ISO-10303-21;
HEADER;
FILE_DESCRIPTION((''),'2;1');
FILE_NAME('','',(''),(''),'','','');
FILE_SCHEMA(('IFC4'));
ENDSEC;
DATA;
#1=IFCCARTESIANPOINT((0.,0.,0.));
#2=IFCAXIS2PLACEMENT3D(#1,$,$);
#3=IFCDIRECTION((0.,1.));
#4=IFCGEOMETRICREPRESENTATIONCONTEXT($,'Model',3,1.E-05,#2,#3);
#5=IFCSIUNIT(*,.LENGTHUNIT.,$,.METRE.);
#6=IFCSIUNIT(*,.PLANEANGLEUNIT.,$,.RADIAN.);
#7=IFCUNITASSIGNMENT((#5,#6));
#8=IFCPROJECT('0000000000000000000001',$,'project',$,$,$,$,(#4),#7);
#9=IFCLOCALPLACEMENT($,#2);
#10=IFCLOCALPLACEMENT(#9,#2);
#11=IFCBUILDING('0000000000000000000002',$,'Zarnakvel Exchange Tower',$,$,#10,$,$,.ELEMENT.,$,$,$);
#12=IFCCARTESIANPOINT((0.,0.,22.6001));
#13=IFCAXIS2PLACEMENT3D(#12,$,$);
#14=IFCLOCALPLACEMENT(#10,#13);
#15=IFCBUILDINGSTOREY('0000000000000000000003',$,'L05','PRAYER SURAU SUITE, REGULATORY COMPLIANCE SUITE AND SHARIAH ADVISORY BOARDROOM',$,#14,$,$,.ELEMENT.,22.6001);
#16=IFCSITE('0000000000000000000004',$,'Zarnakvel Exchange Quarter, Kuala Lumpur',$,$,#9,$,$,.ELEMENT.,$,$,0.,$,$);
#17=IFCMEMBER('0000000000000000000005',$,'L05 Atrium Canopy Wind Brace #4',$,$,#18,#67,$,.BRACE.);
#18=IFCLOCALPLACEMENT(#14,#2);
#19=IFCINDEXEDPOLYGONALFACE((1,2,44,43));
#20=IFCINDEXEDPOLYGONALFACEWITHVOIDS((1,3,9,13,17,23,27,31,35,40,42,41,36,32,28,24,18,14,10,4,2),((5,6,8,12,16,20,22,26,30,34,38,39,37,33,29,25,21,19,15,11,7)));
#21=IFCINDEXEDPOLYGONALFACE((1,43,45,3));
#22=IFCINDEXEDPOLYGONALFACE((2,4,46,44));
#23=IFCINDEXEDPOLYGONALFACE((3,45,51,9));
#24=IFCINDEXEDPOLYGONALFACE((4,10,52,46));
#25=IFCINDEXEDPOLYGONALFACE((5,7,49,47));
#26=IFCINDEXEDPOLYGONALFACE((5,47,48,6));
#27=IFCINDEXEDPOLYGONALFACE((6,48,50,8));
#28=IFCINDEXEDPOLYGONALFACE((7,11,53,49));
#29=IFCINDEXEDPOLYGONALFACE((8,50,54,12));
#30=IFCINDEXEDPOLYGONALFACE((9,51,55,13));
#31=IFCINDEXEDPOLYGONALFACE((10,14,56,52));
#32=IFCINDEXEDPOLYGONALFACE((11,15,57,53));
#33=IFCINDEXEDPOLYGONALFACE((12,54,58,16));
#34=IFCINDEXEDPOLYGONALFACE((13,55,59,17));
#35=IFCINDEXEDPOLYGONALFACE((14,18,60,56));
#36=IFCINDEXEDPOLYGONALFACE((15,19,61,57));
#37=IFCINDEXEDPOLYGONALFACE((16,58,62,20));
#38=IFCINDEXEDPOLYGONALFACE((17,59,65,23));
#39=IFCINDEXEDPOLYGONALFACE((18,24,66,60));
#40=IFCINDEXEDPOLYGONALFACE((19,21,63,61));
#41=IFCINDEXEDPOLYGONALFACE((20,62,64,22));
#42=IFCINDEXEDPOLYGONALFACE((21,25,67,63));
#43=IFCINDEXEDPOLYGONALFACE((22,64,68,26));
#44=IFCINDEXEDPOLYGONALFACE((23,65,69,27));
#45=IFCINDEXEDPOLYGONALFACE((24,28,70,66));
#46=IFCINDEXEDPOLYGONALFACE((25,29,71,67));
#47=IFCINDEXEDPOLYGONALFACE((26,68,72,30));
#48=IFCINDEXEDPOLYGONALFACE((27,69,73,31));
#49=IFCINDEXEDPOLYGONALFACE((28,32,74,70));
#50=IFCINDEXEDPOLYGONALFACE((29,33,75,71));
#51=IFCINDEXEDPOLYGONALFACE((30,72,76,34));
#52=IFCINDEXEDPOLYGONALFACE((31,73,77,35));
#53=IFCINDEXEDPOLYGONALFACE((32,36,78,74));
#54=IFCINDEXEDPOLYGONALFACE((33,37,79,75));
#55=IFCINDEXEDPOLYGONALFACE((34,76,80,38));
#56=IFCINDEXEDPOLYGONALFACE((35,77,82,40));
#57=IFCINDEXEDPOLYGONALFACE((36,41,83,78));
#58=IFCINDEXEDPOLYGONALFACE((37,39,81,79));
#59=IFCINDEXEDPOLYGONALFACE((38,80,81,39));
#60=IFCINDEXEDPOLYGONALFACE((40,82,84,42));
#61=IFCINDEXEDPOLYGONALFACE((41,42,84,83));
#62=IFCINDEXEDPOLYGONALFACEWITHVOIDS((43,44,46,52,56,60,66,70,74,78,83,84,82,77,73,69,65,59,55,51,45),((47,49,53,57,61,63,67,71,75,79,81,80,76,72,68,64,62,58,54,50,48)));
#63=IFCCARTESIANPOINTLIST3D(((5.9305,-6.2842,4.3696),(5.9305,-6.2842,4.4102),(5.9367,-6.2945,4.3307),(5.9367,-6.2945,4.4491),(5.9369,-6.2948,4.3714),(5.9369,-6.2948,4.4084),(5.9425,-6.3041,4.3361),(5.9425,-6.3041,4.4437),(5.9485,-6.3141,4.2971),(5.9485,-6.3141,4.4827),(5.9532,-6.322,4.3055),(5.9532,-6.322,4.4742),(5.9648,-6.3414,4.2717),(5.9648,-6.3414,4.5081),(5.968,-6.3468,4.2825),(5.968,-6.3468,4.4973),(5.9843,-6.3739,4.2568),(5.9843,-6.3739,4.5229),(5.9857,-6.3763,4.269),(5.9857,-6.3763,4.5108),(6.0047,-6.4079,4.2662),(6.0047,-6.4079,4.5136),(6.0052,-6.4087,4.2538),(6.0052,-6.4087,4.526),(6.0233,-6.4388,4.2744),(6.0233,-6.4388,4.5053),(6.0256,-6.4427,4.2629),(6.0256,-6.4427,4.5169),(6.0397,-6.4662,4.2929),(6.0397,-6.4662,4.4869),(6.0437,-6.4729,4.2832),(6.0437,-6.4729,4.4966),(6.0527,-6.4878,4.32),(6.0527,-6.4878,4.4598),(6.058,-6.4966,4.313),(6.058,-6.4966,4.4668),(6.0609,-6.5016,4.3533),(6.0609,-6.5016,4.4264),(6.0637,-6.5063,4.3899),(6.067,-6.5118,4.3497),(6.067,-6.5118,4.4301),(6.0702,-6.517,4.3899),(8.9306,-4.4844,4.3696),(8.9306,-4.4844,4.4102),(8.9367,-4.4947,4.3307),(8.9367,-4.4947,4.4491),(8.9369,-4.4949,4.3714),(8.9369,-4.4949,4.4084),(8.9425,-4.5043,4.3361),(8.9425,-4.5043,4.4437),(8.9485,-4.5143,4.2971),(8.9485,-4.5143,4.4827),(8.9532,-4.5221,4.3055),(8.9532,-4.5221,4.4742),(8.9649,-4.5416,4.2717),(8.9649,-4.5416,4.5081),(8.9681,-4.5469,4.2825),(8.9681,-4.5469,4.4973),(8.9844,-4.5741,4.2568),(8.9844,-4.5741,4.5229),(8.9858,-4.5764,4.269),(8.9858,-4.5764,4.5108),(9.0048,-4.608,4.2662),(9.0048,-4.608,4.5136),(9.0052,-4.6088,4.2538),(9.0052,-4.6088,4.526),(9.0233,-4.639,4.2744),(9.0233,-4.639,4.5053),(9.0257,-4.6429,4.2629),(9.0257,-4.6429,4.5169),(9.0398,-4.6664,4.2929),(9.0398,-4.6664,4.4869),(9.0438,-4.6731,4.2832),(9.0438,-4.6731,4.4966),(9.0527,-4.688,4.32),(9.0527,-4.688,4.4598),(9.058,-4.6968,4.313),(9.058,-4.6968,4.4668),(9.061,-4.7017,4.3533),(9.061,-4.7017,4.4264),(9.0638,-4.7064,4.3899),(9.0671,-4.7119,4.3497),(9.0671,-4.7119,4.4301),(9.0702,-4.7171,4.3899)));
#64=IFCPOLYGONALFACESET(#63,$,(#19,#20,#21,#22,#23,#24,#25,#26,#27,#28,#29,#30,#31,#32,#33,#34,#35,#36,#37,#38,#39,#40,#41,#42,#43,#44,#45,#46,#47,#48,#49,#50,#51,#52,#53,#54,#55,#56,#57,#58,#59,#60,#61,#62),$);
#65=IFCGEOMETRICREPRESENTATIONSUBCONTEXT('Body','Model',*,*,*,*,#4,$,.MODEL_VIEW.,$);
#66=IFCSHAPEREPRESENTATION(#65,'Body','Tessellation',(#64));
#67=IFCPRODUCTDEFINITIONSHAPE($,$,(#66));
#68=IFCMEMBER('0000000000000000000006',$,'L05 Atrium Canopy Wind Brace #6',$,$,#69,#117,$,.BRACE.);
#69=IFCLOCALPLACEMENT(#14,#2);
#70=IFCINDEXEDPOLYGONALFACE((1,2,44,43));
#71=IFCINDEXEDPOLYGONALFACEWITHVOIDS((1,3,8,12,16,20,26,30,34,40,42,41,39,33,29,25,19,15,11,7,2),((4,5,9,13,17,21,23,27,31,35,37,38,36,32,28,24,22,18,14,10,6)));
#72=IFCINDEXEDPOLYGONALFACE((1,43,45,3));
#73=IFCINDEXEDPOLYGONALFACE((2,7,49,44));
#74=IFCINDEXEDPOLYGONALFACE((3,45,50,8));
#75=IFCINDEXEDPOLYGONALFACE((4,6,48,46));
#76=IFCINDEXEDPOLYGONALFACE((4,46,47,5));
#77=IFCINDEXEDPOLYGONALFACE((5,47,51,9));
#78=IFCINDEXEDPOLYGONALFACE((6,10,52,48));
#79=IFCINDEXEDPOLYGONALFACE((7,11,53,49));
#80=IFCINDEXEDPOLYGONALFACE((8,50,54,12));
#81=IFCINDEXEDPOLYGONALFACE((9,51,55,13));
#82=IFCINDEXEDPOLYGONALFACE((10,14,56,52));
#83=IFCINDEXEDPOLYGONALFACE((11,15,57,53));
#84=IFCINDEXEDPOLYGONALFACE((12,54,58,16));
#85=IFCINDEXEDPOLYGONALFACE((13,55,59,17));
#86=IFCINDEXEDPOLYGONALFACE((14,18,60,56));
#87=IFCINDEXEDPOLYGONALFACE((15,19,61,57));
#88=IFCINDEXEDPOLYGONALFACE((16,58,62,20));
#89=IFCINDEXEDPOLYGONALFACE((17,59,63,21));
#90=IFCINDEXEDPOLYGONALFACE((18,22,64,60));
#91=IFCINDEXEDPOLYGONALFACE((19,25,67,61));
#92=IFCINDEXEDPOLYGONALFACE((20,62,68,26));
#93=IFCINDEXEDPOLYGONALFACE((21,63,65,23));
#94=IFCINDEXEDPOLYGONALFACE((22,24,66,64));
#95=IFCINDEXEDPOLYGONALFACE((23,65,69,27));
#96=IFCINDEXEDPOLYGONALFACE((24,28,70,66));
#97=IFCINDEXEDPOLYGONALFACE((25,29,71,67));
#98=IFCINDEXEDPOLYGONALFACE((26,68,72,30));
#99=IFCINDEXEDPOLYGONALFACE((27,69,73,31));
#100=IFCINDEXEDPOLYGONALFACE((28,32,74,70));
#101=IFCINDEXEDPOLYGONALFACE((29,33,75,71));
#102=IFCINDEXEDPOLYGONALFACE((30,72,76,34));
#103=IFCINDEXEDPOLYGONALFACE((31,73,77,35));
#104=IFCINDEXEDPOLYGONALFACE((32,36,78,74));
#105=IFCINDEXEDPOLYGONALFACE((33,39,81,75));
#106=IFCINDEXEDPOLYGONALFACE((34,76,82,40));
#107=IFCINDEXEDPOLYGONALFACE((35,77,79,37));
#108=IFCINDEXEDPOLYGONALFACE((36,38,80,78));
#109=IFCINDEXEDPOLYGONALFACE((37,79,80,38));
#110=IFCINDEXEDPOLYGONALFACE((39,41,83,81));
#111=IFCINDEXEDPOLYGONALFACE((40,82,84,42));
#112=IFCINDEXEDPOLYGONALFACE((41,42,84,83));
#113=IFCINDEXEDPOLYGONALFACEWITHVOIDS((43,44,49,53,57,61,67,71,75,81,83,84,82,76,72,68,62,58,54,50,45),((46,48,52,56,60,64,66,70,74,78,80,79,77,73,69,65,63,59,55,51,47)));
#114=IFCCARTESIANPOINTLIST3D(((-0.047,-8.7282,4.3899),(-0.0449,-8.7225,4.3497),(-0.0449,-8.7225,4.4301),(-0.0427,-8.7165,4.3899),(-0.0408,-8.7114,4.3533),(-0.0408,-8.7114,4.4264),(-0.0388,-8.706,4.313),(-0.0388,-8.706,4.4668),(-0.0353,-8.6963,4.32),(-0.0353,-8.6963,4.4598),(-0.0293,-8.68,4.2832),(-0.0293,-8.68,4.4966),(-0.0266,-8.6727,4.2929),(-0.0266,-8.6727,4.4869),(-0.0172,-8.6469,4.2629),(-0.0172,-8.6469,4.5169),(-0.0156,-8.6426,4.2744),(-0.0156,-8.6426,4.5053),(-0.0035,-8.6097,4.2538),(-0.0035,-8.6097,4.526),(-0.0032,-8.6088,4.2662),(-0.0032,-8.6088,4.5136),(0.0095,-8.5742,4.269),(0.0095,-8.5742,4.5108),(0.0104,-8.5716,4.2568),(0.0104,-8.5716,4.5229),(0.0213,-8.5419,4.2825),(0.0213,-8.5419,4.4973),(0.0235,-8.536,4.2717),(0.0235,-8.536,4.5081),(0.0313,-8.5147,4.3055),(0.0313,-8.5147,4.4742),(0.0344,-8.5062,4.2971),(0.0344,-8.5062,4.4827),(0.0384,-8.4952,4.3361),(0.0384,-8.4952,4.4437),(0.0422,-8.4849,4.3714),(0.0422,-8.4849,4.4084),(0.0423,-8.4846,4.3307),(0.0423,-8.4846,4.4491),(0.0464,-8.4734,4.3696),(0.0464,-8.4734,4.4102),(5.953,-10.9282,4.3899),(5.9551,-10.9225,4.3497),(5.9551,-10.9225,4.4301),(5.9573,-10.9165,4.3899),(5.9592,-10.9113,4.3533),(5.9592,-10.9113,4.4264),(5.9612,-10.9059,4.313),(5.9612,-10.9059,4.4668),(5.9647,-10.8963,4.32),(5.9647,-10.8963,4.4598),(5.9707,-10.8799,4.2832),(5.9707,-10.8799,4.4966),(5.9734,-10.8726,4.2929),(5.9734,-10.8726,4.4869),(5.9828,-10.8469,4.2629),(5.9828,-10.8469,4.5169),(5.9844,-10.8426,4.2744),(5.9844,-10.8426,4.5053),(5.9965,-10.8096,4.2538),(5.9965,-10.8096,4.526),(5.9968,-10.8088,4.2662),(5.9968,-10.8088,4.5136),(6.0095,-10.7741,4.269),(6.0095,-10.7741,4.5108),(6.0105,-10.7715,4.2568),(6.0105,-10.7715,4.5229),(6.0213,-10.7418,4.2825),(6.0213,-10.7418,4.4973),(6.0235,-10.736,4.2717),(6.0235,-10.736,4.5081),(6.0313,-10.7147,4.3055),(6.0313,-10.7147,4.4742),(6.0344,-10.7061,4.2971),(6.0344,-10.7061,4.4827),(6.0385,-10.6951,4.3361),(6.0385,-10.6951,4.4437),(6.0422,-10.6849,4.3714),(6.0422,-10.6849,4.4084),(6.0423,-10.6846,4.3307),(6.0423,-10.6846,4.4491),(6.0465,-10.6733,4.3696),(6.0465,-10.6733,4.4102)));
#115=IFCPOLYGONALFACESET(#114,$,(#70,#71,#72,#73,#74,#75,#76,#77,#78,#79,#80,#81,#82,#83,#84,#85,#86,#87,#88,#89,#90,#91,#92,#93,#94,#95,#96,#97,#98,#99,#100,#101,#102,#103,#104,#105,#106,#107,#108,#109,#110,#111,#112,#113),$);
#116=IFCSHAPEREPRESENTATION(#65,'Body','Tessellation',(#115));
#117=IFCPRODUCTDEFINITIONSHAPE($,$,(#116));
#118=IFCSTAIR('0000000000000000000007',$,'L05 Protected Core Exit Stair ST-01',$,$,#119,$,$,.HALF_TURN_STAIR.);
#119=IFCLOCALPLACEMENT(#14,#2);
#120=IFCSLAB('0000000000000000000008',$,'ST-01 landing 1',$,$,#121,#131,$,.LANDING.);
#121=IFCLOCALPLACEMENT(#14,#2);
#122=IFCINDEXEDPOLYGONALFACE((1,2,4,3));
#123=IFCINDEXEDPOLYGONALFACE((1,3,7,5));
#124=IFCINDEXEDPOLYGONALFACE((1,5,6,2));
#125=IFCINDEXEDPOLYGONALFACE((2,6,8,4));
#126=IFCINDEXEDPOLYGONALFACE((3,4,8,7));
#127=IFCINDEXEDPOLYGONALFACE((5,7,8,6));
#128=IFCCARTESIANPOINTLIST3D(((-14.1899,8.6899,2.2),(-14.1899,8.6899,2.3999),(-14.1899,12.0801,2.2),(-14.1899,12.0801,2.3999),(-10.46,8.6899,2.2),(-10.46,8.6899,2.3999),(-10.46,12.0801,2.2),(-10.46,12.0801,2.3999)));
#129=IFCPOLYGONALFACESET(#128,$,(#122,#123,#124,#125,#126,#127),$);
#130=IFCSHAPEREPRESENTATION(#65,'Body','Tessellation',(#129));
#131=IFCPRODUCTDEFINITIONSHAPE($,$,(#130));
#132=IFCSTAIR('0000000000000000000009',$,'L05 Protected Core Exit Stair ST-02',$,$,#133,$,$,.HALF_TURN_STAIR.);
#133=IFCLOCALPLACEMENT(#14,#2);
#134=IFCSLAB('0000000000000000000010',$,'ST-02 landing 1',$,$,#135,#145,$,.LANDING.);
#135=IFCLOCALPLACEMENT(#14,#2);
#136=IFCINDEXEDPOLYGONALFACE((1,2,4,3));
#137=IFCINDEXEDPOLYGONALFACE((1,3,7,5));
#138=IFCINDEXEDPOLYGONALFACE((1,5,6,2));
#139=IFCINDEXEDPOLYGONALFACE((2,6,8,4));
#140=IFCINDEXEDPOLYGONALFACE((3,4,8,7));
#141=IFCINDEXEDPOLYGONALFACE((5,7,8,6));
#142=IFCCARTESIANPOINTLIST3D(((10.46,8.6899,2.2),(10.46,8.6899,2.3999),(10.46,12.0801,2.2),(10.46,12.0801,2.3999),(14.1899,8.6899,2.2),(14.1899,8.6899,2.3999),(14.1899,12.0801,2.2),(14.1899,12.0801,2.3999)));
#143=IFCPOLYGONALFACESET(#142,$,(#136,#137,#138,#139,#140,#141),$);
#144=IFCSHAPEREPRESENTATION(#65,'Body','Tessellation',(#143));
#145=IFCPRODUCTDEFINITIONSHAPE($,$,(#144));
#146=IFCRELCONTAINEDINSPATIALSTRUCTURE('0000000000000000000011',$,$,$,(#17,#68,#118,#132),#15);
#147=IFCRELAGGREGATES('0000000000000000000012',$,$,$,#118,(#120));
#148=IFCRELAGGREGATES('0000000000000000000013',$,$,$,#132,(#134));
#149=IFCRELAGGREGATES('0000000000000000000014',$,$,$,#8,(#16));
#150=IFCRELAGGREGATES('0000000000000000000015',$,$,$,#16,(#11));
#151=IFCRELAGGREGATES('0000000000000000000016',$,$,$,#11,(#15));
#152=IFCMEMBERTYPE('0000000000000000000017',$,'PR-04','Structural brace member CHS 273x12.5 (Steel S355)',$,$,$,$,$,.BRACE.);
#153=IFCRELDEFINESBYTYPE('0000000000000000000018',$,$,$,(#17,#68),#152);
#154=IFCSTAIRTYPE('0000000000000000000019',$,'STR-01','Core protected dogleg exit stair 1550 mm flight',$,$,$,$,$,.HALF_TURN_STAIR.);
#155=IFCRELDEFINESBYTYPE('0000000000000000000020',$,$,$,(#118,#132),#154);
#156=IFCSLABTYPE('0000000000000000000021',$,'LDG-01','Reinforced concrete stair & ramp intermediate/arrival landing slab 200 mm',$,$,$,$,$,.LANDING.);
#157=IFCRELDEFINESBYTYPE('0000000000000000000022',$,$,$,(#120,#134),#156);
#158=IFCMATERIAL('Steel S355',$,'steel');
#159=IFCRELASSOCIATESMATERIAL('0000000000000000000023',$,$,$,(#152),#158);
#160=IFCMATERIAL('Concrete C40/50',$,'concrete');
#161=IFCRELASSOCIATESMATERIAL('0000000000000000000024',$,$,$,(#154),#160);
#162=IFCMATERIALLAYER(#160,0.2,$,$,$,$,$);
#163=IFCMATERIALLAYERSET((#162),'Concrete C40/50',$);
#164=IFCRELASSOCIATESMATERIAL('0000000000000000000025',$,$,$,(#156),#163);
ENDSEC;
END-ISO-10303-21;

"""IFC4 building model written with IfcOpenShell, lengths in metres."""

from ifc_helpers import new_model, si_unit, direction, frame, origin, origin_2d, place, context, subcontext, project, spatial, polyline, hollow_circle, outline, extrude, source, transform, mapped, material, layer, layer_set, material_profile, profile_set, type_object, element, aggregate, save


model = new_model("IFC4")

# Units and contexts
model_context = context("Model", 3, precision=1e-05, world=origin(), true_north=direction((0.0, 1.0)))
body_context = subcontext(model_context, "Body", "Model", "MODEL_VIEW")
ifc_project = project(units=[si_unit("LENGTHUNIT", "METRE"), si_unit("PLANEANGLEUNIT", "RADIAN")], contexts=[model_context])

# Site, building, storey
site_placement = place(None, origin())
site = spatial("IfcSite", under=ifc_project, at=site_placement, Name="Zarnakvel Exchange Quarter, Kuala Lumpur", CompositionType="ELEMENT", RefElevation=0.0)
building_placement = place(site_placement, origin())
building = spatial("IfcBuilding", under=site, at=building_placement, Name="Zarnakvel Exchange Tower", CompositionType="ELEMENT")
storey_placement = place(building_placement, frame((0.0, 0.0, 22.6001)))
storey = spatial("IfcBuildingStorey", under=building, at=storey_placement, Name="L05", Description="PRAYER SURAU SUITE, REGULATORY COMPLIANCE SUITE AND SHARIAH ADVISORY BOARDROOM", CompositionType="ELEMENT", Elevation=22.6001)

# Shared definitions
ifc_material_1 = material(Name="Steel S355", Category="steel")

# Members
ifc_material_profile_1 = material_profile(ifc_material_1, hollow_circle(Radius=0.1365, WallThickness=0.0125, at=origin_2d()))
ifc_profile_set_1 = profile_set([ifc_material_profile_1], Name="Steel S355")
member_type = type_object("IfcMemberType", Name="PR-04", Description="Structural brace member CHS 273x12.5 (Steel S355)", PredefinedType="BRACE", material=ifc_profile_set_1)
shared_shape_1 = source(origin(), body_context, "Body", "SweptSolid", [
    extrude(hollow_circle(Radius=0.1365, WallThickness=0.0125, at=origin_2d()), origin(), (0.0, 0.0, 1.0), 3.4985),
])
member_1_placement = place(storey_placement, frame((9.0, -4.6001, 4.3899), z_axis=(-0.857518, -0.514455, 0.0), x_axis=(0.514455, -0.857518, 0.0)))
element("IfcMember", 1, at=member_1_placement, inside=storey, type_object=member_type, Name="L05 Atrium Canopy Wind Brace #4", PredefinedType="BRACE", context=body_context, shape_type="MappedRepresentation", body=[
    mapped(shared_shape_1, transform((0.0, 0.0, 0.0), x_axis=(1.0, 0.0, 0.0), y_axis=(0.0, 1.0, 0.0), z_axis=(0.0, 0.0, 1.0), scale=1.0)),
])
shared_shape_2 = source(origin(), body_context, "Body", "SweptSolid", [
    extrude(hollow_circle(Radius=0.1365, WallThickness=0.0125, at=origin_2d()), origin(), (0.0, 0.0, 1.0), 6.3906),
])
member_2_placement = place(storey_placement, frame((6.0, -10.8, 4.3899), z_axis=(-0.938879, 0.344248, 0.0), x_axis=(-0.344248, -0.938879, 0.0)))
element("IfcMember", 2, at=member_2_placement, inside=storey, type_object=member_type, Name="L05 Atrium Canopy Wind Brace #6", PredefinedType="BRACE", context=body_context, shape_type="MappedRepresentation", body=[
    mapped(shared_shape_2, transform((0.0, 0.0, 0.0), x_axis=(1.0, 0.0, 0.0), y_axis=(0.0, 1.0, 0.0), z_axis=(0.0, 0.0, 1.0), scale=1.0)),
])

# Stairs, slabs
ifc_material_2 = material(Name="Concrete C40/50", Category="concrete")
stair_type = type_object("IfcStairType", Name="STR-01", Description="Core protected dogleg exit stair 1550 mm flight", PredefinedType="HALF_TURN_STAIR", material=ifc_material_2)
stair_1_placement = place(storey_placement, origin())
stair_1 = element("IfcStair", 3, at=stair_1_placement, inside=storey, type_object=stair_type, Name="L05 Protected Core Exit Stair ST-01", PredefinedType="HALF_TURN_STAIR")
ifc_layer_1 = layer(ifc_material_2, 0.2)
ifc_layer_set_1 = layer_set([ifc_layer_1], Name="Concrete C40/50")
slab_type_1 = type_object("IfcSlabType", Name="LDG-01", Description="Reinforced concrete stair & ramp intermediate/arrival landing slab 200 mm", PredefinedType="LANDING", material=ifc_layer_set_1)
slab_1_placement = place(storey_placement, frame((0.0, 0.0, 2.2)))
slab_1 = element("IfcSlab", 4, at=slab_1_placement, type_object=slab_type_1, Name="ST-01 landing 1", PredefinedType="LANDING", context=body_context, shape_type="SweptSolid", body=[
    extrude(outline(polyline([(-14.1899, 8.6899), (-10.46, 8.6899), (-10.46, 12.0801), (-14.1899, 12.0801), (-14.1899, 8.6899)])), origin(), (0.0, 0.0, 1.0), 0.2),
])
aggregate(stair_1, [slab_1])
stair_2_placement = place(storey_placement, origin())
stair_2 = element("IfcStair", 5, at=stair_2_placement, inside=storey, type_object=stair_type, Name="L05 Protected Core Exit Stair ST-02", PredefinedType="HALF_TURN_STAIR")
slab_2_placement = place(storey_placement, frame((0.0, 0.0, 2.2)))
slab_2 = element("IfcSlab", 6, at=slab_2_placement, type_object=slab_type_1, Name="ST-02 landing 1", PredefinedType="LANDING", context=body_context, shape_type="SweptSolid", body=[
    extrude(outline(polyline([(10.46, 8.6899), (14.1899, 8.6899), (14.1899, 12.0801), (10.46, 12.0801), (10.46, 8.6899)])), origin(), (0.0, 0.0, 1.0), 0.2),
])
aggregate(stair_2, [slab_2])

save(model, "model.ifc")
